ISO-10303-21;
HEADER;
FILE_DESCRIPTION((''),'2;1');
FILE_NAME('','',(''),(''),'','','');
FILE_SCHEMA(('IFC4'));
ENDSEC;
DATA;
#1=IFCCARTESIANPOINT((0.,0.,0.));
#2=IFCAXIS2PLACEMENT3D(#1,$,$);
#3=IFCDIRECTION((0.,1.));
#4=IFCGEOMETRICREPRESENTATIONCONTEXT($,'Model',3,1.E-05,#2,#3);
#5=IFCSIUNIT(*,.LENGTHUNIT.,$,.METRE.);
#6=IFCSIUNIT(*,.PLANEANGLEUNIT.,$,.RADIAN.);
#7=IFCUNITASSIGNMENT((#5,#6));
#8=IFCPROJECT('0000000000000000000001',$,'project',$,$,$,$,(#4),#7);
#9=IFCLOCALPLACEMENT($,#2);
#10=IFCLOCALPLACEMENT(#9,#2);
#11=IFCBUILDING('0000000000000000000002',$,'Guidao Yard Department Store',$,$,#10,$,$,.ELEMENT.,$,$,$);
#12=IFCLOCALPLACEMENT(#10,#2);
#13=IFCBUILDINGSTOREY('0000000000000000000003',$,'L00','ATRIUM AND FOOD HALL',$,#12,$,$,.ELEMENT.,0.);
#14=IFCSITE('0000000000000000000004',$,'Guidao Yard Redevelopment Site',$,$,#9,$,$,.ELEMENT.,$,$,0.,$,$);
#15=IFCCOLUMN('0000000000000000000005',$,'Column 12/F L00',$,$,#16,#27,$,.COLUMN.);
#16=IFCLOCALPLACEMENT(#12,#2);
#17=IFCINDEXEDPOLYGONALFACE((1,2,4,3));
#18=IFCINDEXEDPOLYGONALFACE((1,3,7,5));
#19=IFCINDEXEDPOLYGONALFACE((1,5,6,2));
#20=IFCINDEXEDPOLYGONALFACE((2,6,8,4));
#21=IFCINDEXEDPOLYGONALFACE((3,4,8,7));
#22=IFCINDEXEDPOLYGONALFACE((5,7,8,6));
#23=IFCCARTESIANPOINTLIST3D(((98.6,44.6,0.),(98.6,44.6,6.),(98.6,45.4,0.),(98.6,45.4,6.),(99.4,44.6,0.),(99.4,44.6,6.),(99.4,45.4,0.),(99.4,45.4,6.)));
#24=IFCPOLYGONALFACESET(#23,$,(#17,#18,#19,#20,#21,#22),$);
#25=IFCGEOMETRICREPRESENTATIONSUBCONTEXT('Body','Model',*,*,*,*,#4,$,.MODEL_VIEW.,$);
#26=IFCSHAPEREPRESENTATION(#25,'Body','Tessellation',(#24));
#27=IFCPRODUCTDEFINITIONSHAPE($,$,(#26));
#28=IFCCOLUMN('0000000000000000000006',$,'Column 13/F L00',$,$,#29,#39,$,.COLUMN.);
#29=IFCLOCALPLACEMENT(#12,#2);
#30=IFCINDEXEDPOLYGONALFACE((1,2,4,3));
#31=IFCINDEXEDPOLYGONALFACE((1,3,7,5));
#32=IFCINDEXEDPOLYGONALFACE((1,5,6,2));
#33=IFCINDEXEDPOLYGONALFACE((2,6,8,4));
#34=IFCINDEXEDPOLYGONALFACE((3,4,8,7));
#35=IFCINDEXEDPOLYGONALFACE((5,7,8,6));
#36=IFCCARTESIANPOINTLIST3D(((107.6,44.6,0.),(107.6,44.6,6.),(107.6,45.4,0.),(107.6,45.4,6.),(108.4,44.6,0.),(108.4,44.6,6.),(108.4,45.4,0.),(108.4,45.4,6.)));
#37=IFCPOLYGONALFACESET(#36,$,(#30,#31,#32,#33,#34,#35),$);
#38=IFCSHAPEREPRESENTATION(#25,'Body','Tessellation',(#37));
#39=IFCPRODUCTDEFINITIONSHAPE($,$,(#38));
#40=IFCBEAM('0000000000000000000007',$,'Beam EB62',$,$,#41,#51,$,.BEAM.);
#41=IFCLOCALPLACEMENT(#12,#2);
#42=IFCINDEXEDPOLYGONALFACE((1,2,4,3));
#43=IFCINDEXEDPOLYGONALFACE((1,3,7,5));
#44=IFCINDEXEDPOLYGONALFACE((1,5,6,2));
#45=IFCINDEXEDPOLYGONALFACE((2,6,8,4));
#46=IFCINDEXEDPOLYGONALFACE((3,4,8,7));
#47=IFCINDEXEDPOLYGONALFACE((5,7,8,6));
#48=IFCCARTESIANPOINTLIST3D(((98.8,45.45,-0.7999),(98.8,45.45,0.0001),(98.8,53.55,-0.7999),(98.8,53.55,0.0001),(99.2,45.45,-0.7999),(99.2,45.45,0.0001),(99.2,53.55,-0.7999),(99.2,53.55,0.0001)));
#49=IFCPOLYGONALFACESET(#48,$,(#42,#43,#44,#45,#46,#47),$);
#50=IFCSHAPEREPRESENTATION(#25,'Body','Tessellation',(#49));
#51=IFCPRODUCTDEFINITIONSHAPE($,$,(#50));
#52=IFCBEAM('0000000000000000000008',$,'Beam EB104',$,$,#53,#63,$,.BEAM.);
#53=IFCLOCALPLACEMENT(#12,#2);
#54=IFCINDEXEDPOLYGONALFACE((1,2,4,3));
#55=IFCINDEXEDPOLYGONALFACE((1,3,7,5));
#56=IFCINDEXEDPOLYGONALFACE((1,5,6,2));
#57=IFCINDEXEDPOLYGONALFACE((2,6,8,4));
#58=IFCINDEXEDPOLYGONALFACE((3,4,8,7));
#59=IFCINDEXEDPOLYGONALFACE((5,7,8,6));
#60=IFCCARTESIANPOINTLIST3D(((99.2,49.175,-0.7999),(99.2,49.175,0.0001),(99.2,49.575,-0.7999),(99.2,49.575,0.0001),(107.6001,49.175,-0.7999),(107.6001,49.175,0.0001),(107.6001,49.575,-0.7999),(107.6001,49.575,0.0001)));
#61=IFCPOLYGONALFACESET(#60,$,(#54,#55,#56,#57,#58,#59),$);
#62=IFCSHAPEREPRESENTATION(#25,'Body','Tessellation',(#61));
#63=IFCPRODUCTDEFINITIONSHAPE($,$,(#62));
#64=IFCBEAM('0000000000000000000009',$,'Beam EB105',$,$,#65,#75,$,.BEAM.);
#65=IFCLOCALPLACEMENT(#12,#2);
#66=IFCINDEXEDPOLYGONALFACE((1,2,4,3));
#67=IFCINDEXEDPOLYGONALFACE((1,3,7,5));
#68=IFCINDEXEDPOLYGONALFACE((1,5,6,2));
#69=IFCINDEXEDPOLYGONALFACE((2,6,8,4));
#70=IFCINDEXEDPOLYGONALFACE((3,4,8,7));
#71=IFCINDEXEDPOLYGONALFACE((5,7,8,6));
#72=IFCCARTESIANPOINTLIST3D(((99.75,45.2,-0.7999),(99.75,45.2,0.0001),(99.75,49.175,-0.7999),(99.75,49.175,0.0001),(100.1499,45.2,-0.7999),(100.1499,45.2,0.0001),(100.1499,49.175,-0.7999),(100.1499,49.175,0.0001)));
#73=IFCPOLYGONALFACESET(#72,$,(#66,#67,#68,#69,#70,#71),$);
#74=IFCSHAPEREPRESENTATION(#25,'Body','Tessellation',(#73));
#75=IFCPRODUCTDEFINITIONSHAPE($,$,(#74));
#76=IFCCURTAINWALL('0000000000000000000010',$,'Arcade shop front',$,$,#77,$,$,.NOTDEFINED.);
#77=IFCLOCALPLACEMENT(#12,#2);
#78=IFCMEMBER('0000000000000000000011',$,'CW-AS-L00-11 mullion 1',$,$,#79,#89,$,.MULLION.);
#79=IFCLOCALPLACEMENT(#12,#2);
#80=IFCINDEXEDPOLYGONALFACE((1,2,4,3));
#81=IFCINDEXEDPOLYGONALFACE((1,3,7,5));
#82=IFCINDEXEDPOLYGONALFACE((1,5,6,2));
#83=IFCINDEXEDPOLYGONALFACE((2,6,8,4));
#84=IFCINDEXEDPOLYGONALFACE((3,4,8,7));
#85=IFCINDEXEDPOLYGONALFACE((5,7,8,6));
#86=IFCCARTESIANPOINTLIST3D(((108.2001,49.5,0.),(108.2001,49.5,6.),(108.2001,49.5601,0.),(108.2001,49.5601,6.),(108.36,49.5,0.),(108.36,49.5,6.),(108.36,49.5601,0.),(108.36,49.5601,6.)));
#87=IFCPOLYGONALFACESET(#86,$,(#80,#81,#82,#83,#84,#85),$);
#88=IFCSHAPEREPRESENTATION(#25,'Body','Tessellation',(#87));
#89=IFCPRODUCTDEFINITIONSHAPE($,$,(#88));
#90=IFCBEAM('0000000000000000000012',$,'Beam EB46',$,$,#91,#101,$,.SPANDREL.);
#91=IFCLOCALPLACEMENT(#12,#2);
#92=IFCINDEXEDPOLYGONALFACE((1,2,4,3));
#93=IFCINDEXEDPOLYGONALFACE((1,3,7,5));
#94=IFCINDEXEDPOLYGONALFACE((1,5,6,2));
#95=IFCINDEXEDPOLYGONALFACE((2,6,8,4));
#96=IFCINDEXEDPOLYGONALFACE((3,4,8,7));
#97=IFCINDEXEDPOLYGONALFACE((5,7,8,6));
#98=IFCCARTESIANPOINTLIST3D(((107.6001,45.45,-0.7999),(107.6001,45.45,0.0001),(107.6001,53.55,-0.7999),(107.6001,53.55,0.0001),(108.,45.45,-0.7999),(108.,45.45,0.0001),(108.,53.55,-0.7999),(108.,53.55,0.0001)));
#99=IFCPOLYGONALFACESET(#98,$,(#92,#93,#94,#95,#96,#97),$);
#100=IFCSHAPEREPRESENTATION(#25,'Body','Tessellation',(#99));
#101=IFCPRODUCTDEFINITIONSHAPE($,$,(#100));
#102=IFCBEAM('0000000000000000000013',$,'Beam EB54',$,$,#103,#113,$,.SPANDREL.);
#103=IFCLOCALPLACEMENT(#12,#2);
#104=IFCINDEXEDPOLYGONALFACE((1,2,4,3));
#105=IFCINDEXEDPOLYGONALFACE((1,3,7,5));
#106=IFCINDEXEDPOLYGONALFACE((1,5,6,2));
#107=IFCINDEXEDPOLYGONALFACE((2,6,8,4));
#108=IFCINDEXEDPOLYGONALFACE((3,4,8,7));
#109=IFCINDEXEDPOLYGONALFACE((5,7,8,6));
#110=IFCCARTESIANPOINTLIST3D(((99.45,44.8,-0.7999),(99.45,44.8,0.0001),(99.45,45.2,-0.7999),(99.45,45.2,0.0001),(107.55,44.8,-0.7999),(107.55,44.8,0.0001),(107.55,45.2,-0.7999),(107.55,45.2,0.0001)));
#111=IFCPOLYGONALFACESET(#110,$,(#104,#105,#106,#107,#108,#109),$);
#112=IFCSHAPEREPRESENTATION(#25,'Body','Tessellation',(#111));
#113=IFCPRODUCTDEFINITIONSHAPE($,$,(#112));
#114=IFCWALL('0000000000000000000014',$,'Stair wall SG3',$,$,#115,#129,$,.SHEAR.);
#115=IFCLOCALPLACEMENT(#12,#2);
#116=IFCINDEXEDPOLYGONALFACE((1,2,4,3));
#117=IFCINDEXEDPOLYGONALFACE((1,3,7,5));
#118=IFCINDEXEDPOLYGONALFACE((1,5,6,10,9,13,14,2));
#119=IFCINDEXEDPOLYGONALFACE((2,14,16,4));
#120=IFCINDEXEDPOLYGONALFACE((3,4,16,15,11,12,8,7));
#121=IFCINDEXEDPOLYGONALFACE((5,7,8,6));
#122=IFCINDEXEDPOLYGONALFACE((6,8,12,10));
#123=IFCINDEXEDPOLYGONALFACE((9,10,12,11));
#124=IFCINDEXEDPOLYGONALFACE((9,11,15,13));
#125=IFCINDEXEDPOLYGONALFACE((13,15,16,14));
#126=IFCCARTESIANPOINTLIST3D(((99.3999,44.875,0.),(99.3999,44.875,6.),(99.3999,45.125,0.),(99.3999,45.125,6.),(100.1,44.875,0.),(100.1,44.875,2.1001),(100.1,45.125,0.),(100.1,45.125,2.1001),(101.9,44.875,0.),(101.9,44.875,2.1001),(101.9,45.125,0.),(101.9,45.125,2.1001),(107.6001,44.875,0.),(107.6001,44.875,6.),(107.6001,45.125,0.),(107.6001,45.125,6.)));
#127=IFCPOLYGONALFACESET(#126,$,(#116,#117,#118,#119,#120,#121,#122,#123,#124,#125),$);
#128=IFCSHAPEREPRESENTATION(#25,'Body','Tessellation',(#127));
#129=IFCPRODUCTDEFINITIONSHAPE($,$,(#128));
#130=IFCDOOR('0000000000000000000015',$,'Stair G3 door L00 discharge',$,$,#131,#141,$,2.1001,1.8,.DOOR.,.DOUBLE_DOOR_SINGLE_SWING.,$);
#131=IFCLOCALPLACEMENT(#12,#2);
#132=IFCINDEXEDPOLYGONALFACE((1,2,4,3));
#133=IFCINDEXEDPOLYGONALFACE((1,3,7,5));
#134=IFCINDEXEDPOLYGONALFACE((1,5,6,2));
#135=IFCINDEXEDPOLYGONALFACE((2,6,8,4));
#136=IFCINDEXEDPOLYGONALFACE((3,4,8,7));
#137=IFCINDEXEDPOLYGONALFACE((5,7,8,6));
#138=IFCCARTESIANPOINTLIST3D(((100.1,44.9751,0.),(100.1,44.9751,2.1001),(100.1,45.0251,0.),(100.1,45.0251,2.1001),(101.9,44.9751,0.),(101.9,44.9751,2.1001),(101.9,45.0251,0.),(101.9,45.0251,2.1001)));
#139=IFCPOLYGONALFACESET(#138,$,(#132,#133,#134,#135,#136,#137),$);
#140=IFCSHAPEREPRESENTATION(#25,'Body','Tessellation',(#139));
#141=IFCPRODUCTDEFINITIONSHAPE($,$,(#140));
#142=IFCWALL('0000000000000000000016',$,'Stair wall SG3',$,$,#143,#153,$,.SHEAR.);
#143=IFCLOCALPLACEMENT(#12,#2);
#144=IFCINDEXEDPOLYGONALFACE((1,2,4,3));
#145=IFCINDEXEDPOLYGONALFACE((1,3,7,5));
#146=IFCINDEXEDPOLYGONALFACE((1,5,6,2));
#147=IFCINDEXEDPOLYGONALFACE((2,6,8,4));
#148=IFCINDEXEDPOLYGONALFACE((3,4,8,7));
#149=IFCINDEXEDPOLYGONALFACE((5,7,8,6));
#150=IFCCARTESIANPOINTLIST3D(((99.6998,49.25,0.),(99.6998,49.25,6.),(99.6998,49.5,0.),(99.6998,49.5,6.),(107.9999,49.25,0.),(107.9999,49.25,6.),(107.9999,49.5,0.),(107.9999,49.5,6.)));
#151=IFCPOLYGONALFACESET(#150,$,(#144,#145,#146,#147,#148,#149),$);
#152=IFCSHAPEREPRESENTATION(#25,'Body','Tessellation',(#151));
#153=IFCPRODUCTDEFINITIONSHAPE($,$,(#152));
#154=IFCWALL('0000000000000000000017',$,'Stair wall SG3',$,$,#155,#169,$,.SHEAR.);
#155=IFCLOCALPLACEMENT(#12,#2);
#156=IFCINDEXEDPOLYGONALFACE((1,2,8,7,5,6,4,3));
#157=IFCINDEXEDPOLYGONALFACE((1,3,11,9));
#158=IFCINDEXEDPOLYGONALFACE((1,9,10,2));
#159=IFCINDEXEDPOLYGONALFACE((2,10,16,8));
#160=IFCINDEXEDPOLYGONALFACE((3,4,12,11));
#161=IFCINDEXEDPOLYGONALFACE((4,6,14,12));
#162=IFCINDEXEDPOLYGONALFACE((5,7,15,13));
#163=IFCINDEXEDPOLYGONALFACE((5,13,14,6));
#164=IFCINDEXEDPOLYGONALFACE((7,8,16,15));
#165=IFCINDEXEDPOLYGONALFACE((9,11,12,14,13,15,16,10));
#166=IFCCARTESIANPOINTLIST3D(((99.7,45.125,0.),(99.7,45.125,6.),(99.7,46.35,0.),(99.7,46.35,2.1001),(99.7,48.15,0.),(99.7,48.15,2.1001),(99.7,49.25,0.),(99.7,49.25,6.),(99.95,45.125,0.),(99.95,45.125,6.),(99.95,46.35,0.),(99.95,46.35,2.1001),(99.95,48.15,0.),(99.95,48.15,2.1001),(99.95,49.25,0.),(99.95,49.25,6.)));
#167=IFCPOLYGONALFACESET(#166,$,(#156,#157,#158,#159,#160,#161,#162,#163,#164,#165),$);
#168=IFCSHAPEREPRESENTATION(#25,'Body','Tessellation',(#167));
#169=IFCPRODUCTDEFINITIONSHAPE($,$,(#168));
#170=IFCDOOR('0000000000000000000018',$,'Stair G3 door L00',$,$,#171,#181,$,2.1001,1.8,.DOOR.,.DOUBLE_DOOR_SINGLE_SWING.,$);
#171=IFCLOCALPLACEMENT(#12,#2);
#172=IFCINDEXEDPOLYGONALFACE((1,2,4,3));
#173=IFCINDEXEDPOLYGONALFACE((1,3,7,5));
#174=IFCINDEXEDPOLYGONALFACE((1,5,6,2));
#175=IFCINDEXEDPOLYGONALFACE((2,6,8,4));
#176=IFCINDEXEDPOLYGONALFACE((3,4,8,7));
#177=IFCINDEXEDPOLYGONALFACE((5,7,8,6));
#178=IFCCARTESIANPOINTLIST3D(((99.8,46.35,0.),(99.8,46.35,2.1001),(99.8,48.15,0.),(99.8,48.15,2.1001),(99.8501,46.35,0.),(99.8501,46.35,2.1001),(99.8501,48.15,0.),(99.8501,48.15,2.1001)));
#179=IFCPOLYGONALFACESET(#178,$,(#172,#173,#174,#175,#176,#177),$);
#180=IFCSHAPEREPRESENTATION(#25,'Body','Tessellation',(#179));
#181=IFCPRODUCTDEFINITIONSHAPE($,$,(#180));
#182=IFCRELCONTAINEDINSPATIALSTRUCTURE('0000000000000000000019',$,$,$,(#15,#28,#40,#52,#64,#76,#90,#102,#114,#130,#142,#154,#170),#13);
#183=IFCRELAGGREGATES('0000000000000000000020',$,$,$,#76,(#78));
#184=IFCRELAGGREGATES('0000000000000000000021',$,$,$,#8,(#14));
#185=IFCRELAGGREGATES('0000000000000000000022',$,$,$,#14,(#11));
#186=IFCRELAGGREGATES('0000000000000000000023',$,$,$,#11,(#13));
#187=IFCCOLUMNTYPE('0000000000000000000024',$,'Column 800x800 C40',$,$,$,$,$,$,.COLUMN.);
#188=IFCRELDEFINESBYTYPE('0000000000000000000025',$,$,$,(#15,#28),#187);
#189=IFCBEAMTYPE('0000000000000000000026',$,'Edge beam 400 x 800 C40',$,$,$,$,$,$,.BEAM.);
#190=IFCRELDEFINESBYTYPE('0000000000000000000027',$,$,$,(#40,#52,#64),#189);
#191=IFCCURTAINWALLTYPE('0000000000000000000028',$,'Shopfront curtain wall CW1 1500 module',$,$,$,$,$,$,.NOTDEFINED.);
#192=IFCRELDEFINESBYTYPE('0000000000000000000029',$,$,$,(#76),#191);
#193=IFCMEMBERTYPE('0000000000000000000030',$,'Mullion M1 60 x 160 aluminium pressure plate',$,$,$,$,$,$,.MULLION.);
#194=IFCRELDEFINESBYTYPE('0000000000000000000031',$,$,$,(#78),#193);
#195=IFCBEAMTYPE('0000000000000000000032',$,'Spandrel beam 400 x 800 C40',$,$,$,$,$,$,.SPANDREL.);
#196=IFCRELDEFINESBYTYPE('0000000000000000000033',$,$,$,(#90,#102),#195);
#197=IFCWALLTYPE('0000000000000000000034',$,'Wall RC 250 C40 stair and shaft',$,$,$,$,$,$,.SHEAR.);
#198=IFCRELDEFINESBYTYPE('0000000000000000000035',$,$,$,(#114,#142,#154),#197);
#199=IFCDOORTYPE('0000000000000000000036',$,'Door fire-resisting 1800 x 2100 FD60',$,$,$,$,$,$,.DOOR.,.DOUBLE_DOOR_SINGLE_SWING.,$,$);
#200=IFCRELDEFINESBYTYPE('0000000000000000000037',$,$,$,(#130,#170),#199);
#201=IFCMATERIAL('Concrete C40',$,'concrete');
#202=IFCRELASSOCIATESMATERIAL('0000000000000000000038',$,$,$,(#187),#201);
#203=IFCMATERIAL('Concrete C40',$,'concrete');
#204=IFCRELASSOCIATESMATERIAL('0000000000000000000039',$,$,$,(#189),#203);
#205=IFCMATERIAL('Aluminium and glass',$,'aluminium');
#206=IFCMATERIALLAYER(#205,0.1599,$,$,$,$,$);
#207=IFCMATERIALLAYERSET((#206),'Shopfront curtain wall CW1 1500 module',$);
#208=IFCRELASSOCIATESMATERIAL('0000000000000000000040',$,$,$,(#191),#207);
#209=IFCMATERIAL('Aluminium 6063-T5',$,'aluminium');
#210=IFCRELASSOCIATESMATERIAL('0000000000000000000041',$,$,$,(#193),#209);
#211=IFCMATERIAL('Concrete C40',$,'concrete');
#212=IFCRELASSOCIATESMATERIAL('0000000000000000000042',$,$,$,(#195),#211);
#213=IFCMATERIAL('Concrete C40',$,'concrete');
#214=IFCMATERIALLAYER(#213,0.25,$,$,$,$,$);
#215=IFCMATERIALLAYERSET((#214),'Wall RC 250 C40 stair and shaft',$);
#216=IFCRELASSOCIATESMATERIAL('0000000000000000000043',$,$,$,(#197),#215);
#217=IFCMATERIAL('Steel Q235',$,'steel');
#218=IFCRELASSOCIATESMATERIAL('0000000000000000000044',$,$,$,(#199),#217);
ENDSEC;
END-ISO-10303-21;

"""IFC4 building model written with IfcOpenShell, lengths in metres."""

from ifc_helpers import new_model, si_unit, direction, frame, frame_2d, origin, origin_2d, place, context, subcontext, project, spatial, rectangle, extrude, material, layer, layer_set, material_profile, profile_set, type_object, element, fill, aggregate, save


model = new_model("IFC4")

# Units and contexts
model_context = context("Model", 3, precision=1e-05, world=origin(), true_north=direction((0.0, 1.0)))
body_context = subcontext(model_context, "Body", "Model", "MODEL_VIEW")
ifc_project = project(units=[si_unit("LENGTHUNIT", "METRE"), si_unit("PLANEANGLEUNIT", "RADIAN")], contexts=[model_context])

# Site, building, storey
site_placement = place(None, origin())
site = spatial("IfcSite", under=ifc_project, at=site_placement, Name="Guidao Yard Redevelopment Site", CompositionType="ELEMENT", RefElevation=0.0)
building_placement = place(site_placement, origin())
building = spatial("IfcBuilding", under=site, at=building_placement, Name="Guidao Yard Department Store", CompositionType="ELEMENT")
storey_placement = place(building_placement, origin())
storey = spatial("IfcBuildingStorey", under=building, at=storey_placement, Name="L00", Description="ATRIUM AND FOOD HALL", CompositionType="ELEMENT", Elevation=0.0)

# Columns
ifc_material_1 = material(Name="Concrete C40", Category="concrete")
ifc_material_profile_1 = material_profile(ifc_material_1, rectangle(XDim=0.8, YDim=0.8, at=origin_2d()), Name="COL 800x800")
ifc_profile_set_1 = profile_set([ifc_material_profile_1], Name="Concrete C40")
column_type = type_object("IfcColumnType", Name="Column 800x800 C40", PredefinedType="COLUMN", material=ifc_profile_set_1)
for number, where, z_axis, x_axis, name in (
    (1, (99.0, 45.0, 0.0), (0.0, 0.0, 1.0), (1.0, 0.0, 0.0), "Column 12/F L00"),
    (2, (108.0, 45.0, 0.0), (0.0, 0.0, 1.0), (1.0, 0.0, 0.0), "Column 13/F L00"),
):
    element("IfcColumn", number, at=place(storey_placement, frame(where, z_axis=z_axis, x_axis=x_axis)), inside=storey, type_object=column_type, Name=name, PredefinedType="COLUMN", context=body_context, shape_type="SweptSolid", body=[
        extrude(rectangle(XDim=0.8, YDim=0.8, at=origin_2d()), origin(), (0.0, 0.0, 1.0), 6.0),
    ])

# Beams
ifc_material_2 = material(Name="Concrete C40", Category="concrete")
ifc_material_profile_2 = material_profile(ifc_material_2, rectangle(XDim=0.3999, YDim=0.8, at=origin_2d()), Name="Edge beam 400 x 800 C40")
ifc_profile_set_2 = profile_set([ifc_material_profile_2], Name="Concrete C40")
beam_type_1 = type_object("IfcBeamType", Name="Edge beam 400 x 800 C40", PredefinedType="BEAM", material=ifc_profile_set_2)
beam_1_placement = place(storey_placement, frame((99.0, 45.45, -0.3999), z_axis=(0.0, 1.0, 0.0), x_axis=(-1.0, 0.0, 0.0)))
element("IfcBeam", 3, at=beam_1_placement, inside=storey, type_object=beam_type_1, Name="Beam EB62", PredefinedType="BEAM", context=body_context, shape_type="SweptSolid", body=[
    extrude(rectangle(XDim=0.3999, YDim=0.8, at=origin_2d()), origin(), (0.0, 0.0, 1.0), 8.1001),
])
beam_2_placement = place(storey_placement, frame((99.2, 49.375, -0.3999), z_axis=(1.0, 0.0, 0.0), x_axis=(0.0, 1.0, 0.0)))
element("IfcBeam", 4, at=beam_2_placement, inside=storey, type_object=beam_type_1, Name="Beam EB104", PredefinedType="BEAM", context=body_context, shape_type="SweptSolid", body=[
    extrude(rectangle(XDim=0.3999, YDim=0.8, at=origin_2d()), origin(), (0.0, 0.0, 1.0), 8.4001),
])
beam_3_placement = place(storey_placement, frame((99.95, 45.2, -0.3999), z_axis=(0.0, 1.0, 0.0), x_axis=(-1.0, 0.0, 0.0)))
element("IfcBeam", 5, at=beam_3_placement, inside=storey, type_object=beam_type_1, Name="Beam EB105", PredefinedType="BEAM", context=body_context, shape_type="SweptSolid", body=[
    extrude(rectangle(XDim=0.3999, YDim=0.8, at=origin_2d()), origin(), (0.0, 0.0, 1.0), 3.9751),
])

# Curtain wall, member
ifc_material_3 = material(Name="Aluminium and glass", Category="aluminium")
ifc_layer_1 = layer(ifc_material_3, 0.1599)
ifc_layer_set_1 = layer_set([ifc_layer_1], Name="Shopfront curtain wall CW1 1500 module")
curtain_wall_type = type_object("IfcCurtainWallType", Name="Shopfront curtain wall CW1 1500 module", PredefinedType="NOTDEFINED", material=ifc_layer_set_1)
curtain_wall_placement = place(storey_placement, origin())
curtain_wall = element("IfcCurtainWall", 6, at=curtain_wall_placement, inside=storey, type_object=curtain_wall_type, Name="Arcade shop front", PredefinedType="NOTDEFINED")
ifc_material_4 = material(Name="Aluminium 6063-T5", Category="aluminium")
ifc_material_profile_3 = material_profile(ifc_material_4, rectangle(XDim=0.0601, YDim=0.1599, at=origin_2d()), Name="Mullion M1 60 x 160 aluminium pressure plate")
ifc_profile_set_3 = profile_set([ifc_material_profile_3], Name="Aluminium 6063-T5")
member_type = type_object("IfcMemberType", Name="Mullion M1 60 x 160 aluminium pressure plate", PredefinedType="MULLION", material=ifc_profile_set_3)
member_placement = place(storey_placement, frame((108.28, 49.53, 0.0), z_axis=(0.0, 0.0, 1.0), x_axis=(0.0, -1.0, 0.0)))
member = element("IfcMember", 7, at=member_placement, type_object=member_type, Name="CW-AS-L00-11 mullion 1", PredefinedType="MULLION", context=body_context, shape_type="SweptSolid", body=[
    extrude(rectangle(XDim=0.0601, YDim=0.1599, at=origin_2d()), origin(), (0.0, 0.0, 1.0), 6.0),
])
aggregate(curtain_wall, [member])

# Beams
ifc_material_5 = material(Name="Concrete C40", Category="concrete")
ifc_material_profile_4 = material_profile(ifc_material_5, rectangle(XDim=0.3999, YDim=0.8, at=origin_2d()), Name="Spandrel beam 400 x 800 C40")
ifc_profile_set_4 = profile_set([ifc_material_profile_4], Name="Concrete C40")
beam_type_2 = type_object("IfcBeamType", Name="Spandrel beam 400 x 800 C40", PredefinedType="SPANDREL", material=ifc_profile_set_4)
for number, where, z_axis, x_axis, name in (
    (8, (107.8, 45.45, -0.3999), (0.0, 1.0, 0.0), (-1.0, 0.0, 0.0), "Beam EB46"),
    (9, (99.45, 45.0, -0.3999), (1.0, 0.0, 0.0), (0.0, 1.0, 0.0), "Beam EB54"),
):
    element("IfcBeam", number, at=place(storey_placement, frame(where, z_axis=z_axis, x_axis=x_axis)), inside=storey, type_object=beam_type_2, Name=name, PredefinedType="SPANDREL", context=body_context, shape_type="SweptSolid", body=[
        extrude(rectangle(XDim=0.3999, YDim=0.8, at=origin_2d()), origin(), (0.0, 0.0, 1.0), 8.1001),
    ])

# Wall, opening, door
ifc_material_6 = material(Name="Concrete C40", Category="concrete")
ifc_layer_2 = layer(ifc_material_6, 0.25)
ifc_layer_set_2 = layer_set([ifc_layer_2], Name="Wall RC 250 C40 stair and shaft")
wall_type = type_object("IfcWallType", Name="Wall RC 250 C40 stair and shaft", PredefinedType="SHEAR", material=ifc_layer_set_2)
wall_1_placement = place(storey_placement, frame((99.3999, 45.0, 0.0), z_axis=(0.0, 0.0, 1.0), x_axis=(1.0, 0.0, 0.0)))
wall_1 = element("IfcWall", 10, at=wall_1_placement, inside=storey, type_object=wall_type, Name="Stair wall SG3", PredefinedType="SHEAR", context=body_context, shape_type="SweptSolid", body=[
    extrude(rectangle(XDim=8.2002, YDim=0.25, at=frame_2d((4.1001, 0.0))), origin(), (0.0, 0.0, 1.0), 6.0),
])
opening_1_placement = place(wall_1_placement, frame((2.5, 0.0, 0.0), z_axis=(0.0, 0.0, 1.0), x_axis=(-1.0, 0.0, 0.0)))
opening_1 = element("IfcOpeningElement", 11, at=opening_1_placement, cuts=wall_1, PredefinedType="OPENING", context=body_context, shape_type="SweptSolid", body=[
    extrude(rectangle(XDim=1.8, YDim=2.1001, at=frame_2d((0.8999, 1.05))), frame((0.0, 0.135, 0.0), z_axis=(0.0, -1.0, 0.0), x_axis=(1.0, 0.0, 0.0)), (0.0, 0.0, 1.0), 0.27),
])
ifc_material_7 = material(Name="Steel Q235", Category="steel")
door_type = type_object("IfcDoorType", Name="Door fire-resisting 1800 x 2100 FD60", OperationType="DOUBLE_DOOR_SINGLE_SWING", PredefinedType="DOOR", material=ifc_material_7)
door_1_placement = place(opening_1_placement, origin())
door_1 = element("IfcDoor", 12, at=door_1_placement, inside=storey, type_object=door_type, Name="Stair G3 door L00 discharge", OperationType="DOUBLE_DOOR_SINGLE_SWING", OverallHeight=2.1001, OverallWidth=1.8, PredefinedType="DOOR", context=body_context, shape_type="SweptSolid", body=[
    extrude(rectangle(XDim=1.8, YDim=2.1001, at=frame_2d((0.8999, 1.05))), frame((0.0, 0.0249, 0.0), z_axis=(0.0, -1.0, 0.0), x_axis=(1.0, 0.0, 0.0)), (0.0, 0.0, 1.0), 0.05),
])
fill(opening_1, door_1)

# Wall
wall_2_placement = place(storey_placement, frame((99.7, 49.375, 0.0), z_axis=(0.0, 0.0, 1.0), x_axis=(1.0, 0.0, 0.0)))
element("IfcWall", 13, at=wall_2_placement, inside=storey, type_object=wall_type, Name="Stair wall SG3", PredefinedType="SHEAR", context=body_context, shape_type="SweptSolid", body=[
    extrude(rectangle(XDim=8.3, YDim=0.25, at=frame_2d((4.1499, 0.0))), origin(), (0.0, 0.0, 1.0), 6.0),
])

# Wall, opening, door
wall_3_placement = place(storey_placement, frame((99.825, 45.125, 0.0), z_axis=(0.0, 0.0, 1.0), x_axis=(0.0, 1.0, 0.0)))
wall_3 = element("IfcWall", 14, at=wall_3_placement, inside=storey, type_object=wall_type, Name="Stair wall SG3", PredefinedType="SHEAR", context=body_context, shape_type="SweptSolid", body=[
    extrude(rectangle(XDim=4.125, YDim=0.25, at=frame_2d((2.0625, 0.0))), origin(), (0.0, 0.0, 1.0), 6.0),
])
opening_2_placement = place(wall_3_placement, frame((1.2251, 0.0, 0.0)))
opening_2 = element("IfcOpeningElement", 15, at=opening_2_placement, cuts=wall_3, PredefinedType="OPENING", context=body_context, shape_type="SweptSolid", body=[
    extrude(rectangle(XDim=1.8, YDim=2.1001, at=frame_2d((0.8999, 1.05))), frame((0.0, 0.135, 0.0), z_axis=(0.0, -1.0, 0.0), x_axis=(1.0, 0.0, 0.0)), (0.0, 0.0, 1.0), 0.27),
])
door_2_placement = place(opening_2_placement, origin())
door_2 = element("IfcDoor", 16, at=door_2_placement, inside=storey, type_object=door_type, Name="Stair G3 door L00", OperationType="DOUBLE_DOOR_SINGLE_SWING", OverallHeight=2.1001, OverallWidth=1.8, PredefinedType="DOOR", context=body_context, shape_type="SweptSolid", body=[
    extrude(rectangle(XDim=1.8, YDim=2.1001, at=frame_2d((0.8999, 1.05))), frame((0.0, 0.0249, 0.0), z_axis=(0.0, -1.0, 0.0), x_axis=(1.0, 0.0, 0.0)), (0.0, 0.0, 1.0), 0.05),
])
fill(opening_2, door_2)

save(model, "model.ifc")
